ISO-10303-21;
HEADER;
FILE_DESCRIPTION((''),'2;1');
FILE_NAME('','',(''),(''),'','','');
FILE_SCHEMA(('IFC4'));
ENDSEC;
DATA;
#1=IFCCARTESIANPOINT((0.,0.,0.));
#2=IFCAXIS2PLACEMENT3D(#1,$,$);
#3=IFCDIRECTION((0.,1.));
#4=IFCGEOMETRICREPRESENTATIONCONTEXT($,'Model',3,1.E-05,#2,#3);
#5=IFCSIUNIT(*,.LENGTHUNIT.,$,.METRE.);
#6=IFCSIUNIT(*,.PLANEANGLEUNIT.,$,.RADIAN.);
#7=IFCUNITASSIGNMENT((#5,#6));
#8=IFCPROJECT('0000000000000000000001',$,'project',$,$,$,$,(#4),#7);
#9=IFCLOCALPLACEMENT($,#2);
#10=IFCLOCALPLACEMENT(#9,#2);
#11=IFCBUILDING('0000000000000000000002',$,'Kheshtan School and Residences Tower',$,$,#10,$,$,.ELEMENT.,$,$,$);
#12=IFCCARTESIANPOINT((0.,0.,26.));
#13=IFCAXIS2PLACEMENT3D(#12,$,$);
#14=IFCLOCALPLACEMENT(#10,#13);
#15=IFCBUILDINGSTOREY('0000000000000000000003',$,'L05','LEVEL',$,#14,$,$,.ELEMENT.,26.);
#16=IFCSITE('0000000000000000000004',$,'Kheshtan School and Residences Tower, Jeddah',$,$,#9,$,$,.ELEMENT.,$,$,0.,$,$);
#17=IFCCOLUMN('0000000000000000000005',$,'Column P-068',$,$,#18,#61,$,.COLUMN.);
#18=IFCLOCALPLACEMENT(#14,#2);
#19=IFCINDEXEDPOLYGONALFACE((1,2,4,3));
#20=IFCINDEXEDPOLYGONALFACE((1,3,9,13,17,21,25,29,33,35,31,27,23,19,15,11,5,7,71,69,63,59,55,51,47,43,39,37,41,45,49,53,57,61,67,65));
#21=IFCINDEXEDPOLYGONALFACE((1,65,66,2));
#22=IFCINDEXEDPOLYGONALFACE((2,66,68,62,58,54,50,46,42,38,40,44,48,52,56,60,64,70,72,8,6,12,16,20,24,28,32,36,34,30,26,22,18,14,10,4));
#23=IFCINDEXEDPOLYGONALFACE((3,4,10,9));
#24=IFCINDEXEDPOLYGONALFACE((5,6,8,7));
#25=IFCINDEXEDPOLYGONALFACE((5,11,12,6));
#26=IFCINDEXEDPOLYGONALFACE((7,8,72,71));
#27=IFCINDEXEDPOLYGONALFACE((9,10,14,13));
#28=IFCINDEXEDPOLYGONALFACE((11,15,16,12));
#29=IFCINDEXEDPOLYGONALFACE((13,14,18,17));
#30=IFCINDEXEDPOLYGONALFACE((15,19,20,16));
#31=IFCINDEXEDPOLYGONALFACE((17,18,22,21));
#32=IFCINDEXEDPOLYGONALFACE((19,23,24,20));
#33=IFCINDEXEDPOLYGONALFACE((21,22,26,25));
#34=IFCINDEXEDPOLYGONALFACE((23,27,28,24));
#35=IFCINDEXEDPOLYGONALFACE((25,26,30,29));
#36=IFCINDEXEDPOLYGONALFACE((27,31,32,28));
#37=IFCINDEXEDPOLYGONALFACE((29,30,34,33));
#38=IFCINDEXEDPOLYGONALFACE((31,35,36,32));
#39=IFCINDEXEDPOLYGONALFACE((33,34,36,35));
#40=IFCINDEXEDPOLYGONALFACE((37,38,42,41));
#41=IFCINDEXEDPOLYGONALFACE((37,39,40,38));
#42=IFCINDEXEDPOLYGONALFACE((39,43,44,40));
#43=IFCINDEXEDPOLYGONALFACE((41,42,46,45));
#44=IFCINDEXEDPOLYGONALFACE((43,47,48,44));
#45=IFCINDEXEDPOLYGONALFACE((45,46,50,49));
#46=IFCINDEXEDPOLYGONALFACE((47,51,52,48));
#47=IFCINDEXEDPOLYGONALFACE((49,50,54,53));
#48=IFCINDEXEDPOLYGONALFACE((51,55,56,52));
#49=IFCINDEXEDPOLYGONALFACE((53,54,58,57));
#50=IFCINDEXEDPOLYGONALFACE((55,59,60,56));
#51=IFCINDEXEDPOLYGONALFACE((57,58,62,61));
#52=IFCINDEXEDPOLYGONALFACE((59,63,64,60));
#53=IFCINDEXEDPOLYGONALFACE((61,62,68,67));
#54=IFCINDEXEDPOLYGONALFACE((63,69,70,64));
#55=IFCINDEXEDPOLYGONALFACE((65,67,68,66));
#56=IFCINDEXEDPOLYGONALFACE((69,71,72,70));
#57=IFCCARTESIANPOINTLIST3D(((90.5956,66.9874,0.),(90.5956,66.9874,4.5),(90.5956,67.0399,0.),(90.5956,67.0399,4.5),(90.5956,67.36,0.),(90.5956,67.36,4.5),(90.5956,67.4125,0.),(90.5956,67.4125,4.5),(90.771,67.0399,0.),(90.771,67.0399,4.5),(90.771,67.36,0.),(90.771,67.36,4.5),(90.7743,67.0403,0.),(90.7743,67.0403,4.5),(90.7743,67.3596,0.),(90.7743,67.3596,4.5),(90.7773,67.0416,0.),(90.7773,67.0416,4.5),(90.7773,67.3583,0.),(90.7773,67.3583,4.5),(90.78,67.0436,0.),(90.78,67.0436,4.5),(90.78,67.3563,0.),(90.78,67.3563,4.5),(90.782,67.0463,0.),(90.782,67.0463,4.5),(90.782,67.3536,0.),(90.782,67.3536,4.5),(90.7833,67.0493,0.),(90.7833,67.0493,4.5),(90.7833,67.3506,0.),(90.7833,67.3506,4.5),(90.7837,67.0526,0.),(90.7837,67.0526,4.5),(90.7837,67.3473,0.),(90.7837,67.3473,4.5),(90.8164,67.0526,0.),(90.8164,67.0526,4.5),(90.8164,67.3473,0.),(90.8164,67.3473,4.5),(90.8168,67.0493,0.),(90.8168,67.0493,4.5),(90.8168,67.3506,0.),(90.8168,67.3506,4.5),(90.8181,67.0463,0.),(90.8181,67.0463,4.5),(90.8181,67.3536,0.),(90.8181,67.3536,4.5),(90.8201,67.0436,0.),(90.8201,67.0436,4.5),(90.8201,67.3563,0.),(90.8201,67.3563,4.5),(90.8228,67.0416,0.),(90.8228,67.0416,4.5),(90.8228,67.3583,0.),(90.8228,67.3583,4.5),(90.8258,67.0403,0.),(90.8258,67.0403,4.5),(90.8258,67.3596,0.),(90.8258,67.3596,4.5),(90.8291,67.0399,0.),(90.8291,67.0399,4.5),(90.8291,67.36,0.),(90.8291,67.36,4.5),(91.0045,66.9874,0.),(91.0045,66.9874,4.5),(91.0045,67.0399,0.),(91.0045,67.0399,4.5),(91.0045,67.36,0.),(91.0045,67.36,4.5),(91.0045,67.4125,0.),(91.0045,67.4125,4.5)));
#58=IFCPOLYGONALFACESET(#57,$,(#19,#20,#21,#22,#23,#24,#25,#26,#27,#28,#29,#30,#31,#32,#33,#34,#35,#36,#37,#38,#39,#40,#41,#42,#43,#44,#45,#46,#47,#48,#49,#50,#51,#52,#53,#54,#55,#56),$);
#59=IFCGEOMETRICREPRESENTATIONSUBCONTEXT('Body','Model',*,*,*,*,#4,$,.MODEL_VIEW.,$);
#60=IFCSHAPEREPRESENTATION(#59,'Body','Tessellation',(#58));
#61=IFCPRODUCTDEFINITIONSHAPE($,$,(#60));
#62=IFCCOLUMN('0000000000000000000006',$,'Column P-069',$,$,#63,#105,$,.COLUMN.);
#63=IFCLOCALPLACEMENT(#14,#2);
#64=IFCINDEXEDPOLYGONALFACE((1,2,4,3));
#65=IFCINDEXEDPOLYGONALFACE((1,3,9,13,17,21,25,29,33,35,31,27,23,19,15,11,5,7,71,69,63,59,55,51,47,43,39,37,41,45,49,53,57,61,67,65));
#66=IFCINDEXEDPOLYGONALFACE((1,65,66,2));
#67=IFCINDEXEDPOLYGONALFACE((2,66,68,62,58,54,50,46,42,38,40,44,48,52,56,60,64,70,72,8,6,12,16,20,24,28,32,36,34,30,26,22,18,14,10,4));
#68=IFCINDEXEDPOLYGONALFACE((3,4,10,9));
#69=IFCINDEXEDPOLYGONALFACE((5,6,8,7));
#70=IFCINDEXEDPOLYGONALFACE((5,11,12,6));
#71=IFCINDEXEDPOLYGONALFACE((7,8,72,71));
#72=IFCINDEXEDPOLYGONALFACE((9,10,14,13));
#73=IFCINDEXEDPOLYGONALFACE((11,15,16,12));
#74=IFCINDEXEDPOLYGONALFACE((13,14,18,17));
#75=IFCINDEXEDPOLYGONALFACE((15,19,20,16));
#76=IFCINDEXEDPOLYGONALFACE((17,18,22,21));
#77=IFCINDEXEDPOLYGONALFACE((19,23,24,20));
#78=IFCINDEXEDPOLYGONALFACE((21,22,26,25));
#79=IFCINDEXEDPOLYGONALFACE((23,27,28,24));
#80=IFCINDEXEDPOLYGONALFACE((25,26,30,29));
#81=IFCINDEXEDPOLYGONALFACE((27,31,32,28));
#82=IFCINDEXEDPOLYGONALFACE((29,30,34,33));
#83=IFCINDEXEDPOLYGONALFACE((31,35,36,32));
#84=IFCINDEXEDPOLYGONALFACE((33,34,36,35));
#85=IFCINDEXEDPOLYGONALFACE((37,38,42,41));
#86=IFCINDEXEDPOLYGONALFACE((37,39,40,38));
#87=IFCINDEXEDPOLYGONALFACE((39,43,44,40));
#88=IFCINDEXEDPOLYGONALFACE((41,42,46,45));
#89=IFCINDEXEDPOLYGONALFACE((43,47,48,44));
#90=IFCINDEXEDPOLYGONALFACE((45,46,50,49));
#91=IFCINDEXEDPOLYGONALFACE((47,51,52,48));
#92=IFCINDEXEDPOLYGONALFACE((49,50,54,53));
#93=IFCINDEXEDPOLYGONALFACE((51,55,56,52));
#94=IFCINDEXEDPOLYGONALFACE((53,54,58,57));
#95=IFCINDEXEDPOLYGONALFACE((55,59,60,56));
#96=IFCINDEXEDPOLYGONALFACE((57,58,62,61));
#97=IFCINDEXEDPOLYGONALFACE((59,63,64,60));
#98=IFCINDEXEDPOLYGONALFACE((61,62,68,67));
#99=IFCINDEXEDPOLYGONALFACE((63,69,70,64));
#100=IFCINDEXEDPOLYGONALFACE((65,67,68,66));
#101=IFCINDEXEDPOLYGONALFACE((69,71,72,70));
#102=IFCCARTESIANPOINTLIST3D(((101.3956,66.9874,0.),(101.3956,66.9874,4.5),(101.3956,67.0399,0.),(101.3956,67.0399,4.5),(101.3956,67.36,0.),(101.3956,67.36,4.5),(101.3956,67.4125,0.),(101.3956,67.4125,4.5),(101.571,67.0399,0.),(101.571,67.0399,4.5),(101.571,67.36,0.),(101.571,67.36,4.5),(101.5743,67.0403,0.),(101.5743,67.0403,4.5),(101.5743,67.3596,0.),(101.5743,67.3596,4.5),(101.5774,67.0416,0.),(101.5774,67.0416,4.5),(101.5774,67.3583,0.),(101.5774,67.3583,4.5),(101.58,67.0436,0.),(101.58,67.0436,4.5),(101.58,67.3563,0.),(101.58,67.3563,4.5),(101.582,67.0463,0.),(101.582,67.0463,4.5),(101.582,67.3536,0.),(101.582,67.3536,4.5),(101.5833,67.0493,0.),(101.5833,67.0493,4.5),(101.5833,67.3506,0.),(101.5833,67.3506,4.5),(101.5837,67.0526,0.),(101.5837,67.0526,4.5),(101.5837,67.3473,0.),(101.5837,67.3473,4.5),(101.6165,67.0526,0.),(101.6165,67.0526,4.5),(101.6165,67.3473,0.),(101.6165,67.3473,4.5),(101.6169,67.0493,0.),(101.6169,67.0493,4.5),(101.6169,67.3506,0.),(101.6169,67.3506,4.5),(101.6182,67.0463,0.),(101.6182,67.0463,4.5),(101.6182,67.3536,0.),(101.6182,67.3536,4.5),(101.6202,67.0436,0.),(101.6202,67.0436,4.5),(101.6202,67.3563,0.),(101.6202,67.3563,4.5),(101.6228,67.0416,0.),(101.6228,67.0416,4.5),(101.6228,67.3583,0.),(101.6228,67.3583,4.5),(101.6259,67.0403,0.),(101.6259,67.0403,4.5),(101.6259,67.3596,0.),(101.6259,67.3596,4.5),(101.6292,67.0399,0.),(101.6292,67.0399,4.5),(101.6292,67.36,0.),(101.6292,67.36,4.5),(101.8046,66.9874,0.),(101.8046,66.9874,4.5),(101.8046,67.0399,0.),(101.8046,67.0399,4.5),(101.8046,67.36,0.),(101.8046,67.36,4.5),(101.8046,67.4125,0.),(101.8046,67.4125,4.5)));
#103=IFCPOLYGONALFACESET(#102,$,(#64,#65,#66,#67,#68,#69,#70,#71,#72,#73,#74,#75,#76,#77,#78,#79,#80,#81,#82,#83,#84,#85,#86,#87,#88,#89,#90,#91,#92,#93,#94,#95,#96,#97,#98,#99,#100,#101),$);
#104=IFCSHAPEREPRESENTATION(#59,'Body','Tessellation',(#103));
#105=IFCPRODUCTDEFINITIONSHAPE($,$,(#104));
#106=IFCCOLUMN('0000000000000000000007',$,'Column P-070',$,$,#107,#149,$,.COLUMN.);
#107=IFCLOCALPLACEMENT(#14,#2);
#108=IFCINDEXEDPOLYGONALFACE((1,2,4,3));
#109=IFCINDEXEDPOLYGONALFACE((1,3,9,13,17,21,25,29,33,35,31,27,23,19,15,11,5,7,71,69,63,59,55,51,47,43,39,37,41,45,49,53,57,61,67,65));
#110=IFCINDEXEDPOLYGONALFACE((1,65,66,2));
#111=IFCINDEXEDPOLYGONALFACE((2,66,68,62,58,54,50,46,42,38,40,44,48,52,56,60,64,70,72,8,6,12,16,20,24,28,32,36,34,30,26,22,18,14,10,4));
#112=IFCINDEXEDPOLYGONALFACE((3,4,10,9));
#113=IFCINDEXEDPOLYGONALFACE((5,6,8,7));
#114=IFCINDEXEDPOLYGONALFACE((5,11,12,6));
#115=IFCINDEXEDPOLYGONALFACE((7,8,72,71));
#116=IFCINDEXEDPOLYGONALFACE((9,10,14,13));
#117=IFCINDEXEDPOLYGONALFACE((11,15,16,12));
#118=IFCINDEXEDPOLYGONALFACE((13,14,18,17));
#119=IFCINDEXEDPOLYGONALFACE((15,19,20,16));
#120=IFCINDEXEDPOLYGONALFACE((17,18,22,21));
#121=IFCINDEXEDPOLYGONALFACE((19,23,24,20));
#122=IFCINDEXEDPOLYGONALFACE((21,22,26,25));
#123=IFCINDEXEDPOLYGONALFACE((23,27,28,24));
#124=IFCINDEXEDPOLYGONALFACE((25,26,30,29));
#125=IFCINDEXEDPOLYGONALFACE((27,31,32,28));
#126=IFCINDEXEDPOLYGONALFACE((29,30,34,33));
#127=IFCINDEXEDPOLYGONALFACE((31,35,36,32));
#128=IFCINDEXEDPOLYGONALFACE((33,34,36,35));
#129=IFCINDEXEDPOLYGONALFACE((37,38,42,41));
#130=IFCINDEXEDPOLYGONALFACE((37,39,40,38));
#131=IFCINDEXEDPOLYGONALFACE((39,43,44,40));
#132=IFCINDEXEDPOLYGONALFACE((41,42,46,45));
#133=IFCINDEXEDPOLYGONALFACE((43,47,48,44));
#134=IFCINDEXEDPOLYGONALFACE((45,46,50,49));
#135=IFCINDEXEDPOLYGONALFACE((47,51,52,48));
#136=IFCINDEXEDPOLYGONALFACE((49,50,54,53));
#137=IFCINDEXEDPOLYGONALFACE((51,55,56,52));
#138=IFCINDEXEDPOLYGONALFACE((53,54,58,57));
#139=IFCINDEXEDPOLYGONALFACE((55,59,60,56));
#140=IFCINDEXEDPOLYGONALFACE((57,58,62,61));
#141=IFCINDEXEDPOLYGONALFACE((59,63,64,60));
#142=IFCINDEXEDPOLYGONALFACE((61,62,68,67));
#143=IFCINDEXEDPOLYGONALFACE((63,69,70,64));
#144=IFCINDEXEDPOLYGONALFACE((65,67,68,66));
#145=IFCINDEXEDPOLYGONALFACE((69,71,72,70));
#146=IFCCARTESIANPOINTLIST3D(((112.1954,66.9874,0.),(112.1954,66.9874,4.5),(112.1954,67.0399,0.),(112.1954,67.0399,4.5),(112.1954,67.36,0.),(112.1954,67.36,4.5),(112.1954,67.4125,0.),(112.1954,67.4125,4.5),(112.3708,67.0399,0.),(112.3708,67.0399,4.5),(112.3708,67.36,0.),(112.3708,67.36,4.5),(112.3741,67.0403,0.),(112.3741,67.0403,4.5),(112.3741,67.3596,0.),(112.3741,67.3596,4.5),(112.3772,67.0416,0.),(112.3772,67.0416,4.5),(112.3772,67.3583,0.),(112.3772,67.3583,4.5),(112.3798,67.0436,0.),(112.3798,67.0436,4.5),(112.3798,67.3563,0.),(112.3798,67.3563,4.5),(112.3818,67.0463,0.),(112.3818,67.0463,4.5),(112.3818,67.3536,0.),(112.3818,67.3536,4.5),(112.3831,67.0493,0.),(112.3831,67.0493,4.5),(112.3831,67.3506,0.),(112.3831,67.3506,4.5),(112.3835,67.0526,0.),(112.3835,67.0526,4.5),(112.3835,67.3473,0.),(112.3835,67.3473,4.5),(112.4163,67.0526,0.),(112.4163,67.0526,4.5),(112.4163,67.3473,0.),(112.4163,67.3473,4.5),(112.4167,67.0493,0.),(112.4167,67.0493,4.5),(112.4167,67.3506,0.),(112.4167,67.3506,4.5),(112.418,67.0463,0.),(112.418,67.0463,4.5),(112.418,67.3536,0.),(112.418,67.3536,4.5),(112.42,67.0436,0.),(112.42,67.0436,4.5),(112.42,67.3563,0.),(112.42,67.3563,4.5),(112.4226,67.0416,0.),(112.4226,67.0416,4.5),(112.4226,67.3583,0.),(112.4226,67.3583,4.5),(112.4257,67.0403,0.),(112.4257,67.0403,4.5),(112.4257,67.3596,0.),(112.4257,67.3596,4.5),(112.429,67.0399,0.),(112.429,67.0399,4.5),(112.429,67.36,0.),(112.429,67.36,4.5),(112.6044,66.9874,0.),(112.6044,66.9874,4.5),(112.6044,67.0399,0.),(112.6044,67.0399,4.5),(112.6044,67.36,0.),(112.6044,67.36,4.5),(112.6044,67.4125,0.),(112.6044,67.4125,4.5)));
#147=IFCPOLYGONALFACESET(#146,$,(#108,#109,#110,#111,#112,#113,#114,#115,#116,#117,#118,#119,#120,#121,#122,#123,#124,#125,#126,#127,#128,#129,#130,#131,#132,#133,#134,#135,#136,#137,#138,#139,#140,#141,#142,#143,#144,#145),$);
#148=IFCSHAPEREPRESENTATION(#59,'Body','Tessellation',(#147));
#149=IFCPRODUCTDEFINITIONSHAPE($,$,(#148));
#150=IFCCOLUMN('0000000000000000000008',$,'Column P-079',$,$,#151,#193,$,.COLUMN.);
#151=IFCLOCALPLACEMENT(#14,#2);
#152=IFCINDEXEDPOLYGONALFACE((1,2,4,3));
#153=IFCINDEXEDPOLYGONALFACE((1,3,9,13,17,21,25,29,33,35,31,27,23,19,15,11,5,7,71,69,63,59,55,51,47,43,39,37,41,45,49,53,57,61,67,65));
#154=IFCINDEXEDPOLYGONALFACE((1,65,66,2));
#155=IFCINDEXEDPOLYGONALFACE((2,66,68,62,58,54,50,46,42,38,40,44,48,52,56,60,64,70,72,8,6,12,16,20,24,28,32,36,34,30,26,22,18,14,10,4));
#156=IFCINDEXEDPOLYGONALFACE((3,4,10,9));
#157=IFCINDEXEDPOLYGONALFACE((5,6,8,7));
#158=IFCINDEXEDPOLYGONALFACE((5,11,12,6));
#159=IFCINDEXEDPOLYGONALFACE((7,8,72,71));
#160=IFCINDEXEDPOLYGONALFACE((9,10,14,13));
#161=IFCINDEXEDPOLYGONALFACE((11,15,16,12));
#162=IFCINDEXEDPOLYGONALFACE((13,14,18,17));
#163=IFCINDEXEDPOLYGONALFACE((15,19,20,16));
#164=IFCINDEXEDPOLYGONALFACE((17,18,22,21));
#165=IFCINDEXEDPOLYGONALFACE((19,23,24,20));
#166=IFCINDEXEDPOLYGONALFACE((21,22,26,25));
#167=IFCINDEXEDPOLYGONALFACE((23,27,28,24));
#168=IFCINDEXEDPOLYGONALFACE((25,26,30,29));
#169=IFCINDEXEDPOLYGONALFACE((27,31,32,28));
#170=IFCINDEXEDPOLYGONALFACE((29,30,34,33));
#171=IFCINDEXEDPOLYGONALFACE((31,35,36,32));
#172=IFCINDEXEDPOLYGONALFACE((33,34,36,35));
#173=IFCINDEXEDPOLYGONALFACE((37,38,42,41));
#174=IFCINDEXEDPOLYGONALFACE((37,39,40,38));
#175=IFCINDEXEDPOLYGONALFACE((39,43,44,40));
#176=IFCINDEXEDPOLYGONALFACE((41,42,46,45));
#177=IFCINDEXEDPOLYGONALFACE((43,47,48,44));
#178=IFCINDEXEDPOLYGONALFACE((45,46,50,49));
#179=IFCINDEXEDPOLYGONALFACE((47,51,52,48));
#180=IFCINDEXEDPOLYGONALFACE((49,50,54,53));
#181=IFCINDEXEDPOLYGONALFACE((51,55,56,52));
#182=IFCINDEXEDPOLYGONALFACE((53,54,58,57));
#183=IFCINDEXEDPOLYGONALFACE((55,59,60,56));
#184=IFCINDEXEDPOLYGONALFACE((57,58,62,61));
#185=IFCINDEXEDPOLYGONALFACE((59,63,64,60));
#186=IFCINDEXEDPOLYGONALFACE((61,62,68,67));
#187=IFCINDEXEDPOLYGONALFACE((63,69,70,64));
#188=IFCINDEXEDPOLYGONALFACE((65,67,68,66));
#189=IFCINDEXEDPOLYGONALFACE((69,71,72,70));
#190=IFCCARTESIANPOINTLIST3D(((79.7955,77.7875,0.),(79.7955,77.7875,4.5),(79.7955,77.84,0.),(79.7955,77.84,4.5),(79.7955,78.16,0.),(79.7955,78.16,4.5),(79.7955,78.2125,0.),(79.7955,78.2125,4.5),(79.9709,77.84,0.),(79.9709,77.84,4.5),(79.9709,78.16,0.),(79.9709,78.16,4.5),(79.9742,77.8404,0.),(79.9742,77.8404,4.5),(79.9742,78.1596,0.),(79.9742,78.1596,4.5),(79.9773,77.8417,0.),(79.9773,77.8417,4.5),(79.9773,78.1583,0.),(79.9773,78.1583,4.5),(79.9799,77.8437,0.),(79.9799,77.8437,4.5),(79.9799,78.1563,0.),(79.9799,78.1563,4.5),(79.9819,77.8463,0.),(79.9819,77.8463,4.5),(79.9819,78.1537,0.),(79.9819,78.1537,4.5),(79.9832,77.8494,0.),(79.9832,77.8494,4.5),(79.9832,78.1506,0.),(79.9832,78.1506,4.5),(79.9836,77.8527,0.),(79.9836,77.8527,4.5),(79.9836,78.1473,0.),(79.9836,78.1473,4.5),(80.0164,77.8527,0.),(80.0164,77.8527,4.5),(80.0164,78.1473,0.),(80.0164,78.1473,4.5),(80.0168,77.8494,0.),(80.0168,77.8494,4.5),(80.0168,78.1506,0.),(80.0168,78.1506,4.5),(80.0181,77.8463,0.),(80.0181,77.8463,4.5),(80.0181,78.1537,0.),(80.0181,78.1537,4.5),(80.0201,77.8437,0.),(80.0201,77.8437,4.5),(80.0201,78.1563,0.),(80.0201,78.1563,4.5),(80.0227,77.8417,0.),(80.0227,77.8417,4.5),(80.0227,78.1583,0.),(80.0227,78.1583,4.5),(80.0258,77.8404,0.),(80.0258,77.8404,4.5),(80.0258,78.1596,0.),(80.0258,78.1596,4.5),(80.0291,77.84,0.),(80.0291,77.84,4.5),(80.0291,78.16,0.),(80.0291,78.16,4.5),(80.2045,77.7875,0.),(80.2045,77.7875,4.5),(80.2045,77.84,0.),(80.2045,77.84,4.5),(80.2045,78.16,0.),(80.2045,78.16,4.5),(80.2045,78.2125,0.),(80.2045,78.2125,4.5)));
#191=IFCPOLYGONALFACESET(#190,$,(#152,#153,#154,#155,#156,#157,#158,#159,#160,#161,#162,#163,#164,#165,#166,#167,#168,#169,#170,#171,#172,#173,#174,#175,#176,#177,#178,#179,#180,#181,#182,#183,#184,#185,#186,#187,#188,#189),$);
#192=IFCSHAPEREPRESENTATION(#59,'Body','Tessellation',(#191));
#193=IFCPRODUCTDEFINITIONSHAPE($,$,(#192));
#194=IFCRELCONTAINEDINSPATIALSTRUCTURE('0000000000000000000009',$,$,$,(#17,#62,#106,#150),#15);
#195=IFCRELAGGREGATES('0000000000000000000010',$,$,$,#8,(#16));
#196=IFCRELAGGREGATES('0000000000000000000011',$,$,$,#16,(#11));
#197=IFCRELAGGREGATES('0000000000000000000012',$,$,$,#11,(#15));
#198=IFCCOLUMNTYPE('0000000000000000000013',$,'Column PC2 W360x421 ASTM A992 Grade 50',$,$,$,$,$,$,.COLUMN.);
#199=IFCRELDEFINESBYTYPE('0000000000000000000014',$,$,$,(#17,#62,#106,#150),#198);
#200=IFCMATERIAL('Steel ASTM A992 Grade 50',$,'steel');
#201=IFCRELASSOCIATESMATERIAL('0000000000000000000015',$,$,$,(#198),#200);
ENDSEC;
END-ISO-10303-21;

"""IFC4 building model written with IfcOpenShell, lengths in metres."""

from ifc_helpers import new_model, si_unit, direction, frame, origin, origin_2d, place, context, subcontext, project, spatial, i_section, extrude, material, material_profile, profile_set, type_object, element, save


model = new_model("IFC4")

# Units and contexts
model_context = context("Model", 3, precision=1e-05, world=origin(), true_north=direction((0.0, 1.0)))
body_context = subcontext(model_context, "Body", "Model", "MODEL_VIEW")
ifc_project = project(units=[si_unit("LENGTHUNIT", "METRE"), si_unit("PLANEANGLEUNIT", "RADIAN")], contexts=[model_context])

# Site, building, storey
site_placement = place(None, origin())
site = spatial("IfcSite", under=ifc_project, at=site_placement, Name="Kheshtan School and Residences Tower, Jeddah", CompositionType="ELEMENT", RefElevation=0.0)
building_placement = place(site_placement, origin())
building = spatial("IfcBuilding", under=site, at=building_placement, Name="Kheshtan School and Residences Tower", CompositionType="ELEMENT")
storey_placement = place(building_placement, frame((0.0, 0.0, 26.0)))
storey = spatial("IfcBuildingStorey", under=building, at=storey_placement, Name="L05", Description="LEVEL", CompositionType="ELEMENT", Elevation=26.0)

# Columns
ifc_material_1 = material(Name="Steel ASTM A992 Grade 50", Category="steel")
ifc_material_profile_1 = material_profile(ifc_material_1, i_section(OverallWidth=0.4089, OverallDepth=0.425, WebThickness=0.0327, FlangeThickness=0.0525, FilletRadius=0.0127, at=origin_2d()), Name="W360x421")
ifc_profile_set_1 = profile_set([ifc_material_profile_1], Name="Steel ASTM A992 Grade 50")
column_type = type_object("IfcColumnType", Name="Column PC2 W360x421 ASTM A992 Grade 50", PredefinedType="COLUMN", material=ifc_profile_set_1)
for number, where, z_axis, x_axis, name in (
    (1, (90.8, 67.2, 0.0), (0.0, 0.0, 1.0), (1.0, 0.0, 0.0), "Column P-068"),
    (2, (101.6001, 67.2, 0.0), (0.0, 0.0, 1.0), (1.0, 0.0, 0.0), "Column P-069"),
    (3, (112.3999, 67.2, 0.0), (0.0, 0.0, 1.0), (1.0, 0.0, 0.0), "Column P-070"),
    (4, (80.0, 78.0, 0.0), (0.0, 0.0, 1.0), (1.0, 0.0, 0.0), "Column P-079"),
):
    element("IfcColumn", number, at=place(storey_placement, frame(where, z_axis=z_axis, x_axis=x_axis)), inside=storey, type_object=column_type, Name=name, PredefinedType="COLUMN", context=body_context, shape_type="SweptSolid", body=[
        extrude(i_section(OverallWidth=0.4089, OverallDepth=0.425, WebThickness=0.0327, FlangeThickness=0.0525, FilletRadius=0.0127, at=origin_2d()), origin(), (0.0, 0.0, 1.0), 4.5),
    ])

save(model, "model.ifc")
